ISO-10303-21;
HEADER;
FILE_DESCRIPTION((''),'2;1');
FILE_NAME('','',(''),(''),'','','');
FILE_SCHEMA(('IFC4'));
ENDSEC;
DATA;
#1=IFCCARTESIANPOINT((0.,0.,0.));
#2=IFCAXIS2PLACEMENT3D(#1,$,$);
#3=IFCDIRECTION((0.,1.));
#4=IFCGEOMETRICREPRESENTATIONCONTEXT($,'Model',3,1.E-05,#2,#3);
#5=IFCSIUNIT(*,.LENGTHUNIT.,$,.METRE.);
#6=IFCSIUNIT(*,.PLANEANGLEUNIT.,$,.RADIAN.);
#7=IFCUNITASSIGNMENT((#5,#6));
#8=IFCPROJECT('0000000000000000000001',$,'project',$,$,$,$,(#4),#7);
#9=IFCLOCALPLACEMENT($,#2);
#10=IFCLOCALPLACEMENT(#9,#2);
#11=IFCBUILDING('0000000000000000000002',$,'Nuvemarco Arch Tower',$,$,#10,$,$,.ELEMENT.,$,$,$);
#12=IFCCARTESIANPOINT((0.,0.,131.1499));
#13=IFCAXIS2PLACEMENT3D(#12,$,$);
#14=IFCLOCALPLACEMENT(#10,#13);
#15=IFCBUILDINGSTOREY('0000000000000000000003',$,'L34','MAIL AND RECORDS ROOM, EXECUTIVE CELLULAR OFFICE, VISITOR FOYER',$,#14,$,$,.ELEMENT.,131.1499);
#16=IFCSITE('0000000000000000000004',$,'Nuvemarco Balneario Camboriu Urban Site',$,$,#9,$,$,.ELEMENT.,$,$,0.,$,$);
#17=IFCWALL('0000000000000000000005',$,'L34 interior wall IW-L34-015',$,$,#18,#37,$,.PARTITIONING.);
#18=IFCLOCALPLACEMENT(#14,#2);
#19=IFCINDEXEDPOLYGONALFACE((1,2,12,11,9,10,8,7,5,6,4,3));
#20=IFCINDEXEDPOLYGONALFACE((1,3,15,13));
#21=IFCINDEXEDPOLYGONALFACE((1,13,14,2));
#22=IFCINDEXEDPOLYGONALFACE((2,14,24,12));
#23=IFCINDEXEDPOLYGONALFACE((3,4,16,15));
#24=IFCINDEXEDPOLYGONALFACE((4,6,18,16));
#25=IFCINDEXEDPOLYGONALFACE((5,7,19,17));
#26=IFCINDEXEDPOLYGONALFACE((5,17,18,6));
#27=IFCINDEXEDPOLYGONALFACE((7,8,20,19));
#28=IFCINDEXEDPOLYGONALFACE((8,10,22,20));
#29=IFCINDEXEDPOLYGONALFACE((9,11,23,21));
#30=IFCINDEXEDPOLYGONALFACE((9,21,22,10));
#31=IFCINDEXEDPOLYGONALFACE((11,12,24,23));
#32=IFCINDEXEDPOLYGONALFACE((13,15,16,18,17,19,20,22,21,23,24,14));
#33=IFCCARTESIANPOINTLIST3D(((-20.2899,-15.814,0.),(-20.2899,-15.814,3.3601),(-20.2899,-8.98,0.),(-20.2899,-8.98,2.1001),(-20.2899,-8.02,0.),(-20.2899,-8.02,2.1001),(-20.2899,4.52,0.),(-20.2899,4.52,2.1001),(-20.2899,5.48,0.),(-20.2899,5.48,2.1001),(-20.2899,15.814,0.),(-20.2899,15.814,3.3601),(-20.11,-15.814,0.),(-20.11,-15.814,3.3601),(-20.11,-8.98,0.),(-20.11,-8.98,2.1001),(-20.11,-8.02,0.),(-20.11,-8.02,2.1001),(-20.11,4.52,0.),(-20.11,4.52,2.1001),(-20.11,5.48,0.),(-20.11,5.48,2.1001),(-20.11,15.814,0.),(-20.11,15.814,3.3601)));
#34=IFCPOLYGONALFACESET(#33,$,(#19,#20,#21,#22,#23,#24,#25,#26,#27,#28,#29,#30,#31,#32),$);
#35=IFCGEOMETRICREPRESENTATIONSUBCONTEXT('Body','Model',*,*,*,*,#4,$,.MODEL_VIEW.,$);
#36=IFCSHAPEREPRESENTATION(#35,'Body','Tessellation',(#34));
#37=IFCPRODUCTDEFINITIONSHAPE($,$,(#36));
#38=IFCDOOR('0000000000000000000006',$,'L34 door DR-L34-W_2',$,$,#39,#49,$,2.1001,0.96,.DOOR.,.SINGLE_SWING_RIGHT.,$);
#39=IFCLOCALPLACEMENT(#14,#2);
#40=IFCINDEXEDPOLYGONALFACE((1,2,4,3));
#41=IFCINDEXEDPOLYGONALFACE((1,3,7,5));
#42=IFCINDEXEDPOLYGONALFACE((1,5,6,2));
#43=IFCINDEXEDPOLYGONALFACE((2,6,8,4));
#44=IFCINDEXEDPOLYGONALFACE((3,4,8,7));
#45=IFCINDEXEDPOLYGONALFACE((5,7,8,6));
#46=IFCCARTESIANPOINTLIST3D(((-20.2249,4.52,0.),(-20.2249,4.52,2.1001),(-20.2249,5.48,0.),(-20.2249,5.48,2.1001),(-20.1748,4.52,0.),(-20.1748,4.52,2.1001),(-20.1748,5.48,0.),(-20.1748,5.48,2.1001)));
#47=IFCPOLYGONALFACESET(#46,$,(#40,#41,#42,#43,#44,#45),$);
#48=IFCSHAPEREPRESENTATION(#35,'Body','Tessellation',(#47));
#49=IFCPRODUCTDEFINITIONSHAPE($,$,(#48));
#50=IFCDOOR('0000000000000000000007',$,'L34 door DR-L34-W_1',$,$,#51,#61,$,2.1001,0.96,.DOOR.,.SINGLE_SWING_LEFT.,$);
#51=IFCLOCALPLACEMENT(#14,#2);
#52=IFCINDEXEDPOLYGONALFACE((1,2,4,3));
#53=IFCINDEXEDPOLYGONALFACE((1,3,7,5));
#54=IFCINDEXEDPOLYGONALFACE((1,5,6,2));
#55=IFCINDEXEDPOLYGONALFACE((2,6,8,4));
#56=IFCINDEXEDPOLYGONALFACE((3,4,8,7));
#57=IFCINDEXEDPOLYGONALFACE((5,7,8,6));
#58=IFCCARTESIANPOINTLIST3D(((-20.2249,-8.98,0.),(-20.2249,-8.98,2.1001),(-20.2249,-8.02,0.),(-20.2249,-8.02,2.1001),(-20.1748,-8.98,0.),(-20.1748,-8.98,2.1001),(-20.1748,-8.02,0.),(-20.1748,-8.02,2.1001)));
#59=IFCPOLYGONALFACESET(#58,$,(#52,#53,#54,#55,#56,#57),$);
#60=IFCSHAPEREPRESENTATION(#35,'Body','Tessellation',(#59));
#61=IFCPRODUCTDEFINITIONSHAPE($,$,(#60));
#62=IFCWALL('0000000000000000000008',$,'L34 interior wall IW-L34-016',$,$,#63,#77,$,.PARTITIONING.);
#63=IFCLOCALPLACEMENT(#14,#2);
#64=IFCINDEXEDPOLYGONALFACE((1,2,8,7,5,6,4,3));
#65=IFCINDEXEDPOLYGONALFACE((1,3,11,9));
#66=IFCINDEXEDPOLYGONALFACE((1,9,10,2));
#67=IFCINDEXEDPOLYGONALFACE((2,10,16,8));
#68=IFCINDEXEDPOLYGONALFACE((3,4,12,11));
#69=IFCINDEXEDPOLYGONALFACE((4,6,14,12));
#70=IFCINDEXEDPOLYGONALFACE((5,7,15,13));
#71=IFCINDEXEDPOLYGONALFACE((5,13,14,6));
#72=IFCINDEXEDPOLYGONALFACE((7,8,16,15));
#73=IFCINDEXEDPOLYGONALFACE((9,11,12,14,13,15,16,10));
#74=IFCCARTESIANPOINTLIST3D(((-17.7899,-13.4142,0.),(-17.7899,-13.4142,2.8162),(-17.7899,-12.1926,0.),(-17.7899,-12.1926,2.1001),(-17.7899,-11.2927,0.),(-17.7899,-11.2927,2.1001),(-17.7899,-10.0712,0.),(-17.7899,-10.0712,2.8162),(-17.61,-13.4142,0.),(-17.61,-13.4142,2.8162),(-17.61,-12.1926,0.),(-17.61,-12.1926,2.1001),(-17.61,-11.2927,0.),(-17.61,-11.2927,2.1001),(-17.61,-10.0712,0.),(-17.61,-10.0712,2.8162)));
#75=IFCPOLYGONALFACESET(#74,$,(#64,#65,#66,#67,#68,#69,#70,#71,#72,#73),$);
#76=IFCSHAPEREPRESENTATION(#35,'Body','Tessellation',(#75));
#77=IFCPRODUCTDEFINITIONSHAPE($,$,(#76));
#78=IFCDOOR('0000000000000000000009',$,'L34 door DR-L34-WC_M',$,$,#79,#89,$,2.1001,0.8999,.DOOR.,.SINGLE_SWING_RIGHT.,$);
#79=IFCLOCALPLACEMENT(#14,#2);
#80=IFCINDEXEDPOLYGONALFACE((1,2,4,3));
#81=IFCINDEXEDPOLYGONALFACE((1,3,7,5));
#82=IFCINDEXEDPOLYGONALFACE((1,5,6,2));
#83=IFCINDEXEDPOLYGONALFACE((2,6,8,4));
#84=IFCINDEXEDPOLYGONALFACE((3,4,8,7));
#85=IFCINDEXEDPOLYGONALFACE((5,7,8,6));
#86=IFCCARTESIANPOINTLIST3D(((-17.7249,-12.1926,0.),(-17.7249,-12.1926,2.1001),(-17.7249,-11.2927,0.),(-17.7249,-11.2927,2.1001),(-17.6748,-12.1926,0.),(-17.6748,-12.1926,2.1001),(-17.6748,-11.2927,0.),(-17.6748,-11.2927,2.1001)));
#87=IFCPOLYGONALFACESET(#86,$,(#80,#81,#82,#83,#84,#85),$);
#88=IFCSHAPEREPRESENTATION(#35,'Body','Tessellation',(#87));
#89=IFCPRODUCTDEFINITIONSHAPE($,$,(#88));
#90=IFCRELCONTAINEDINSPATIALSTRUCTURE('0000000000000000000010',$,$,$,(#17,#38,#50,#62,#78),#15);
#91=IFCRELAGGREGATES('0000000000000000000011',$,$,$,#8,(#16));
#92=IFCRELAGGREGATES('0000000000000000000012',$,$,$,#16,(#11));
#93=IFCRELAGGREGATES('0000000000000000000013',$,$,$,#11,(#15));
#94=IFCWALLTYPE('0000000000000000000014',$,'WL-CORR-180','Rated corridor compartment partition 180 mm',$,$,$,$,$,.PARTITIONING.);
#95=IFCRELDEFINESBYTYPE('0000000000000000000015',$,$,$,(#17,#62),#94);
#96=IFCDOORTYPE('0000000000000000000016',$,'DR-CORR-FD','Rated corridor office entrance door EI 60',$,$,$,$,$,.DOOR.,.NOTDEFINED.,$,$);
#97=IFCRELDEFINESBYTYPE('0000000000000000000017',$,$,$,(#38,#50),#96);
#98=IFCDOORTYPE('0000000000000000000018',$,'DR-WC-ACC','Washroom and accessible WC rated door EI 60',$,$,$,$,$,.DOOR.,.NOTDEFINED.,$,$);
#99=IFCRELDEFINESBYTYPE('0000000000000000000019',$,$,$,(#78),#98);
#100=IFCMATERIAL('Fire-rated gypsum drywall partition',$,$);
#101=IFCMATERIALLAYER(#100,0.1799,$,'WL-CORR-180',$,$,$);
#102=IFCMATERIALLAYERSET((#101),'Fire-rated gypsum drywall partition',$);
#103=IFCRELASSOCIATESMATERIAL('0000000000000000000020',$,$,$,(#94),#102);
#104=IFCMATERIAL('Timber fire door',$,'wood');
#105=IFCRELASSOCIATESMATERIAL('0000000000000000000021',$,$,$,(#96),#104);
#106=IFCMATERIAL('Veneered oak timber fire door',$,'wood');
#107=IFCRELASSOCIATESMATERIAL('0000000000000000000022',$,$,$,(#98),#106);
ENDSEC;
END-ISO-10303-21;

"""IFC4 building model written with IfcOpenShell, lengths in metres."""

from ifc_helpers import new_model, si_unit, direction, frame, frame_2d, origin, place, context, subcontext, project, spatial, rectangle, extrude, source, transform, mapped, material, layer, layer_set, type_object, type_shapes, element, fill, save


model = new_model("IFC4")

# Units and contexts
model_context = context("Model", 3, precision=1e-05, world=origin(), true_north=direction((0.0, 1.0)))
body_context = subcontext(model_context, "Body", "Model", "MODEL_VIEW")
ifc_project = project(units=[si_unit("LENGTHUNIT", "METRE"), si_unit("PLANEANGLEUNIT", "RADIAN")], contexts=[model_context])

# Site, building, storey
site_placement = place(None, origin())
site = spatial("IfcSite", under=ifc_project, at=site_placement, Name="Nuvemarco Balneario Camboriu Urban Site", CompositionType="ELEMENT", RefElevation=0.0)
building_placement = place(site_placement, origin())
building = spatial("IfcBuilding", under=site, at=building_placement, Name="Nuvemarco Arch Tower", CompositionType="ELEMENT")
storey_placement = place(building_placement, frame((0.0, 0.0, 131.1499)))
storey = spatial("IfcBuildingStorey", under=building, at=storey_placement, Name="L34", Description="MAIL AND RECORDS ROOM, EXECUTIVE CELLULAR OFFICE, VISITOR FOYER", CompositionType="ELEMENT", Elevation=131.1499)

# Wall, openings, doors
ifc_material_1 = material(Name="Fire-rated gypsum drywall partition")
ifc_layer = layer(ifc_material_1, 0.1799, Name="WL-CORR-180")
ifc_layer_set = layer_set([ifc_layer], Name="Fire-rated gypsum drywall partition")
wall_type = type_object("IfcWallType", Name="WL-CORR-180", Description="Rated corridor compartment partition 180 mm", PredefinedType="PARTITIONING", material=ifc_layer_set)
ifc_material_2 = material(Name="Timber fire door", Category="wood")
door_type_1 = type_object("IfcDoorType", Name="DR-CORR-FD", Description="Rated corridor office entrance door EI 60", OperationType="NOTDEFINED", PredefinedType="DOOR", material=ifc_material_2)
shared_shape_1 = source(origin(), body_context, "Body", "SweptSolid", [
    extrude(rectangle(XDim=0.96, YDim=2.1001, at=frame_2d((0.48, 1.05))), frame((0.0, 0.0249, 0.0), z_axis=(0.0, -1.0, 0.0), x_axis=(1.0, 0.0, 0.0)), (0.0, 0.0, 1.0), 0.05),
])
type_shapes(door_type_1, [shared_shape_1])
ifc_material_3 = material(Name="Veneered oak timber fire door", Category="wood")
door_type_2 = type_object("IfcDoorType", Name="DR-WC-ACC", Description="Washroom and accessible WC rated door EI 60", OperationType="NOTDEFINED", PredefinedType="DOOR", material=ifc_material_3)
shared_shape_2 = source(origin(), body_context, "Body", "SweptSolid", [
    extrude(rectangle(XDim=0.8999, YDim=2.1001, at=frame_2d((0.45, 1.05))), frame((0.0, 0.0249, 0.0), z_axis=(0.0, -1.0, 0.0), x_axis=(1.0, 0.0, 0.0)), (0.0, 0.0, 1.0), 0.05),
])
type_shapes(door_type_2, [shared_shape_2])
wall_1_placement = place(storey_placement, frame((-20.2, -15.814, 0.0), z_axis=(0.0, 0.0, 1.0), x_axis=(0.0, 1.0, 0.0)))
wall_1 = element("IfcWall", 1, at=wall_1_placement, inside=storey, type_object=wall_type, Name="L34 interior wall IW-L34-015", PredefinedType="PARTITIONING", context=body_context, shape_type="SweptSolid", body=[
    extrude(rectangle(XDim=31.6279, YDim=0.1799, at=frame_2d((15.814, 0.0))), origin(), (0.0, 0.0, 1.0), 3.3601),
])
opening_1_placement = place(wall_1_placement, frame((20.334, 0.0, 0.0)))
opening_1 = element("IfcOpeningElement", 2, at=opening_1_placement, cuts=wall_1, PredefinedType="OPENING", context=body_context, shape_type="SweptSolid", body=[
    extrude(rectangle(XDim=0.96, YDim=2.1001, at=frame_2d((0.48, 1.05))), frame((0.0, 0.0999, 0.0), z_axis=(0.0, -1.0, 0.0), x_axis=(1.0, 0.0, 0.0)), (0.0, 0.0, 1.0), 0.2),
])
opening_2_placement = place(wall_1_placement, frame((6.834, 0.0, 0.0)))
opening_2 = element("IfcOpeningElement", 3, at=opening_2_placement, cuts=wall_1, PredefinedType="OPENING", context=body_context, shape_type="SweptSolid", body=[
    extrude(rectangle(XDim=0.96, YDim=2.1001, at=frame_2d((0.48, 1.05))), frame((0.0, 0.0999, 0.0), z_axis=(0.0, -1.0, 0.0), x_axis=(1.0, 0.0, 0.0)), (0.0, 0.0, 1.0), 0.2),
])
door_1_placement = place(opening_1_placement, origin())
door_1 = element("IfcDoor", 4, at=door_1_placement, inside=storey, type_object=door_type_1, Name="L34 door DR-L34-W_2", OperationType="SINGLE_SWING_RIGHT", OverallHeight=2.1001, OverallWidth=0.96, PredefinedType="DOOR", context=body_context, shape_type="MappedRepresentation", body=[
    mapped(shared_shape_1, transform((0.0, 0.0, 0.0), scale=1.0)),
])
fill(opening_1, door_1)
door_2_placement = place(opening_2_placement, origin())
door_2 = element("IfcDoor", 5, at=door_2_placement, inside=storey, type_object=door_type_1, Name="L34 door DR-L34-W_1", OperationType="SINGLE_SWING_LEFT", OverallHeight=2.1001, OverallWidth=0.96, PredefinedType="DOOR", context=body_context, shape_type="MappedRepresentation", body=[
    mapped(shared_shape_1, transform((0.0, 0.0, 0.0), scale=1.0)),
])
fill(opening_2, door_2)

# Wall, opening, door
wall_2_placement = place(storey_placement, frame((-17.7, -13.4141, 0.0), z_axis=(0.0, 0.0, 1.0), x_axis=(0.0, 1.0, 0.0)))
wall_2 = element("IfcWall", 6, at=wall_2_placement, inside=storey, type_object=wall_type, Name="L34 interior wall IW-L34-016", PredefinedType="PARTITIONING", context=body_context, shape_type="SweptSolid", body=[
    extrude(rectangle(XDim=3.343, YDim=0.1799, at=frame_2d((1.6714, 0.0))), origin(), (0.0, 0.0, 1.0), 2.8162),
])
opening_3_placement = place(wall_2_placement, frame((1.2214, 0.0, 0.0)))
opening_3 = element("IfcOpeningElement", 7, at=opening_3_placement, cuts=wall_2, PredefinedType="OPENING", context=body_context, shape_type="SweptSolid", body=[
    extrude(rectangle(XDim=0.8999, YDim=2.1001, at=frame_2d((0.45, 1.05))), frame((0.0, 0.0999, 0.0), z_axis=(0.0, -1.0, 0.0), x_axis=(1.0, 0.0, 0.0)), (0.0, 0.0, 1.0), 0.2),
])
door_3_placement = place(opening_3_placement, origin())
door_3 = element("IfcDoor", 8, at=door_3_placement, inside=storey, type_object=door_type_2, Name="L34 door DR-L34-WC_M", OperationType="SINGLE_SWING_RIGHT", OverallHeight=2.1001, OverallWidth=0.8999, PredefinedType="DOOR", context=body_context, shape_type="MappedRepresentation", body=[
    mapped(shared_shape_2, transform((0.0, 0.0, 0.0), scale=1.0)),
])
fill(opening_3, door_3)

save(model, "model.ifc")
